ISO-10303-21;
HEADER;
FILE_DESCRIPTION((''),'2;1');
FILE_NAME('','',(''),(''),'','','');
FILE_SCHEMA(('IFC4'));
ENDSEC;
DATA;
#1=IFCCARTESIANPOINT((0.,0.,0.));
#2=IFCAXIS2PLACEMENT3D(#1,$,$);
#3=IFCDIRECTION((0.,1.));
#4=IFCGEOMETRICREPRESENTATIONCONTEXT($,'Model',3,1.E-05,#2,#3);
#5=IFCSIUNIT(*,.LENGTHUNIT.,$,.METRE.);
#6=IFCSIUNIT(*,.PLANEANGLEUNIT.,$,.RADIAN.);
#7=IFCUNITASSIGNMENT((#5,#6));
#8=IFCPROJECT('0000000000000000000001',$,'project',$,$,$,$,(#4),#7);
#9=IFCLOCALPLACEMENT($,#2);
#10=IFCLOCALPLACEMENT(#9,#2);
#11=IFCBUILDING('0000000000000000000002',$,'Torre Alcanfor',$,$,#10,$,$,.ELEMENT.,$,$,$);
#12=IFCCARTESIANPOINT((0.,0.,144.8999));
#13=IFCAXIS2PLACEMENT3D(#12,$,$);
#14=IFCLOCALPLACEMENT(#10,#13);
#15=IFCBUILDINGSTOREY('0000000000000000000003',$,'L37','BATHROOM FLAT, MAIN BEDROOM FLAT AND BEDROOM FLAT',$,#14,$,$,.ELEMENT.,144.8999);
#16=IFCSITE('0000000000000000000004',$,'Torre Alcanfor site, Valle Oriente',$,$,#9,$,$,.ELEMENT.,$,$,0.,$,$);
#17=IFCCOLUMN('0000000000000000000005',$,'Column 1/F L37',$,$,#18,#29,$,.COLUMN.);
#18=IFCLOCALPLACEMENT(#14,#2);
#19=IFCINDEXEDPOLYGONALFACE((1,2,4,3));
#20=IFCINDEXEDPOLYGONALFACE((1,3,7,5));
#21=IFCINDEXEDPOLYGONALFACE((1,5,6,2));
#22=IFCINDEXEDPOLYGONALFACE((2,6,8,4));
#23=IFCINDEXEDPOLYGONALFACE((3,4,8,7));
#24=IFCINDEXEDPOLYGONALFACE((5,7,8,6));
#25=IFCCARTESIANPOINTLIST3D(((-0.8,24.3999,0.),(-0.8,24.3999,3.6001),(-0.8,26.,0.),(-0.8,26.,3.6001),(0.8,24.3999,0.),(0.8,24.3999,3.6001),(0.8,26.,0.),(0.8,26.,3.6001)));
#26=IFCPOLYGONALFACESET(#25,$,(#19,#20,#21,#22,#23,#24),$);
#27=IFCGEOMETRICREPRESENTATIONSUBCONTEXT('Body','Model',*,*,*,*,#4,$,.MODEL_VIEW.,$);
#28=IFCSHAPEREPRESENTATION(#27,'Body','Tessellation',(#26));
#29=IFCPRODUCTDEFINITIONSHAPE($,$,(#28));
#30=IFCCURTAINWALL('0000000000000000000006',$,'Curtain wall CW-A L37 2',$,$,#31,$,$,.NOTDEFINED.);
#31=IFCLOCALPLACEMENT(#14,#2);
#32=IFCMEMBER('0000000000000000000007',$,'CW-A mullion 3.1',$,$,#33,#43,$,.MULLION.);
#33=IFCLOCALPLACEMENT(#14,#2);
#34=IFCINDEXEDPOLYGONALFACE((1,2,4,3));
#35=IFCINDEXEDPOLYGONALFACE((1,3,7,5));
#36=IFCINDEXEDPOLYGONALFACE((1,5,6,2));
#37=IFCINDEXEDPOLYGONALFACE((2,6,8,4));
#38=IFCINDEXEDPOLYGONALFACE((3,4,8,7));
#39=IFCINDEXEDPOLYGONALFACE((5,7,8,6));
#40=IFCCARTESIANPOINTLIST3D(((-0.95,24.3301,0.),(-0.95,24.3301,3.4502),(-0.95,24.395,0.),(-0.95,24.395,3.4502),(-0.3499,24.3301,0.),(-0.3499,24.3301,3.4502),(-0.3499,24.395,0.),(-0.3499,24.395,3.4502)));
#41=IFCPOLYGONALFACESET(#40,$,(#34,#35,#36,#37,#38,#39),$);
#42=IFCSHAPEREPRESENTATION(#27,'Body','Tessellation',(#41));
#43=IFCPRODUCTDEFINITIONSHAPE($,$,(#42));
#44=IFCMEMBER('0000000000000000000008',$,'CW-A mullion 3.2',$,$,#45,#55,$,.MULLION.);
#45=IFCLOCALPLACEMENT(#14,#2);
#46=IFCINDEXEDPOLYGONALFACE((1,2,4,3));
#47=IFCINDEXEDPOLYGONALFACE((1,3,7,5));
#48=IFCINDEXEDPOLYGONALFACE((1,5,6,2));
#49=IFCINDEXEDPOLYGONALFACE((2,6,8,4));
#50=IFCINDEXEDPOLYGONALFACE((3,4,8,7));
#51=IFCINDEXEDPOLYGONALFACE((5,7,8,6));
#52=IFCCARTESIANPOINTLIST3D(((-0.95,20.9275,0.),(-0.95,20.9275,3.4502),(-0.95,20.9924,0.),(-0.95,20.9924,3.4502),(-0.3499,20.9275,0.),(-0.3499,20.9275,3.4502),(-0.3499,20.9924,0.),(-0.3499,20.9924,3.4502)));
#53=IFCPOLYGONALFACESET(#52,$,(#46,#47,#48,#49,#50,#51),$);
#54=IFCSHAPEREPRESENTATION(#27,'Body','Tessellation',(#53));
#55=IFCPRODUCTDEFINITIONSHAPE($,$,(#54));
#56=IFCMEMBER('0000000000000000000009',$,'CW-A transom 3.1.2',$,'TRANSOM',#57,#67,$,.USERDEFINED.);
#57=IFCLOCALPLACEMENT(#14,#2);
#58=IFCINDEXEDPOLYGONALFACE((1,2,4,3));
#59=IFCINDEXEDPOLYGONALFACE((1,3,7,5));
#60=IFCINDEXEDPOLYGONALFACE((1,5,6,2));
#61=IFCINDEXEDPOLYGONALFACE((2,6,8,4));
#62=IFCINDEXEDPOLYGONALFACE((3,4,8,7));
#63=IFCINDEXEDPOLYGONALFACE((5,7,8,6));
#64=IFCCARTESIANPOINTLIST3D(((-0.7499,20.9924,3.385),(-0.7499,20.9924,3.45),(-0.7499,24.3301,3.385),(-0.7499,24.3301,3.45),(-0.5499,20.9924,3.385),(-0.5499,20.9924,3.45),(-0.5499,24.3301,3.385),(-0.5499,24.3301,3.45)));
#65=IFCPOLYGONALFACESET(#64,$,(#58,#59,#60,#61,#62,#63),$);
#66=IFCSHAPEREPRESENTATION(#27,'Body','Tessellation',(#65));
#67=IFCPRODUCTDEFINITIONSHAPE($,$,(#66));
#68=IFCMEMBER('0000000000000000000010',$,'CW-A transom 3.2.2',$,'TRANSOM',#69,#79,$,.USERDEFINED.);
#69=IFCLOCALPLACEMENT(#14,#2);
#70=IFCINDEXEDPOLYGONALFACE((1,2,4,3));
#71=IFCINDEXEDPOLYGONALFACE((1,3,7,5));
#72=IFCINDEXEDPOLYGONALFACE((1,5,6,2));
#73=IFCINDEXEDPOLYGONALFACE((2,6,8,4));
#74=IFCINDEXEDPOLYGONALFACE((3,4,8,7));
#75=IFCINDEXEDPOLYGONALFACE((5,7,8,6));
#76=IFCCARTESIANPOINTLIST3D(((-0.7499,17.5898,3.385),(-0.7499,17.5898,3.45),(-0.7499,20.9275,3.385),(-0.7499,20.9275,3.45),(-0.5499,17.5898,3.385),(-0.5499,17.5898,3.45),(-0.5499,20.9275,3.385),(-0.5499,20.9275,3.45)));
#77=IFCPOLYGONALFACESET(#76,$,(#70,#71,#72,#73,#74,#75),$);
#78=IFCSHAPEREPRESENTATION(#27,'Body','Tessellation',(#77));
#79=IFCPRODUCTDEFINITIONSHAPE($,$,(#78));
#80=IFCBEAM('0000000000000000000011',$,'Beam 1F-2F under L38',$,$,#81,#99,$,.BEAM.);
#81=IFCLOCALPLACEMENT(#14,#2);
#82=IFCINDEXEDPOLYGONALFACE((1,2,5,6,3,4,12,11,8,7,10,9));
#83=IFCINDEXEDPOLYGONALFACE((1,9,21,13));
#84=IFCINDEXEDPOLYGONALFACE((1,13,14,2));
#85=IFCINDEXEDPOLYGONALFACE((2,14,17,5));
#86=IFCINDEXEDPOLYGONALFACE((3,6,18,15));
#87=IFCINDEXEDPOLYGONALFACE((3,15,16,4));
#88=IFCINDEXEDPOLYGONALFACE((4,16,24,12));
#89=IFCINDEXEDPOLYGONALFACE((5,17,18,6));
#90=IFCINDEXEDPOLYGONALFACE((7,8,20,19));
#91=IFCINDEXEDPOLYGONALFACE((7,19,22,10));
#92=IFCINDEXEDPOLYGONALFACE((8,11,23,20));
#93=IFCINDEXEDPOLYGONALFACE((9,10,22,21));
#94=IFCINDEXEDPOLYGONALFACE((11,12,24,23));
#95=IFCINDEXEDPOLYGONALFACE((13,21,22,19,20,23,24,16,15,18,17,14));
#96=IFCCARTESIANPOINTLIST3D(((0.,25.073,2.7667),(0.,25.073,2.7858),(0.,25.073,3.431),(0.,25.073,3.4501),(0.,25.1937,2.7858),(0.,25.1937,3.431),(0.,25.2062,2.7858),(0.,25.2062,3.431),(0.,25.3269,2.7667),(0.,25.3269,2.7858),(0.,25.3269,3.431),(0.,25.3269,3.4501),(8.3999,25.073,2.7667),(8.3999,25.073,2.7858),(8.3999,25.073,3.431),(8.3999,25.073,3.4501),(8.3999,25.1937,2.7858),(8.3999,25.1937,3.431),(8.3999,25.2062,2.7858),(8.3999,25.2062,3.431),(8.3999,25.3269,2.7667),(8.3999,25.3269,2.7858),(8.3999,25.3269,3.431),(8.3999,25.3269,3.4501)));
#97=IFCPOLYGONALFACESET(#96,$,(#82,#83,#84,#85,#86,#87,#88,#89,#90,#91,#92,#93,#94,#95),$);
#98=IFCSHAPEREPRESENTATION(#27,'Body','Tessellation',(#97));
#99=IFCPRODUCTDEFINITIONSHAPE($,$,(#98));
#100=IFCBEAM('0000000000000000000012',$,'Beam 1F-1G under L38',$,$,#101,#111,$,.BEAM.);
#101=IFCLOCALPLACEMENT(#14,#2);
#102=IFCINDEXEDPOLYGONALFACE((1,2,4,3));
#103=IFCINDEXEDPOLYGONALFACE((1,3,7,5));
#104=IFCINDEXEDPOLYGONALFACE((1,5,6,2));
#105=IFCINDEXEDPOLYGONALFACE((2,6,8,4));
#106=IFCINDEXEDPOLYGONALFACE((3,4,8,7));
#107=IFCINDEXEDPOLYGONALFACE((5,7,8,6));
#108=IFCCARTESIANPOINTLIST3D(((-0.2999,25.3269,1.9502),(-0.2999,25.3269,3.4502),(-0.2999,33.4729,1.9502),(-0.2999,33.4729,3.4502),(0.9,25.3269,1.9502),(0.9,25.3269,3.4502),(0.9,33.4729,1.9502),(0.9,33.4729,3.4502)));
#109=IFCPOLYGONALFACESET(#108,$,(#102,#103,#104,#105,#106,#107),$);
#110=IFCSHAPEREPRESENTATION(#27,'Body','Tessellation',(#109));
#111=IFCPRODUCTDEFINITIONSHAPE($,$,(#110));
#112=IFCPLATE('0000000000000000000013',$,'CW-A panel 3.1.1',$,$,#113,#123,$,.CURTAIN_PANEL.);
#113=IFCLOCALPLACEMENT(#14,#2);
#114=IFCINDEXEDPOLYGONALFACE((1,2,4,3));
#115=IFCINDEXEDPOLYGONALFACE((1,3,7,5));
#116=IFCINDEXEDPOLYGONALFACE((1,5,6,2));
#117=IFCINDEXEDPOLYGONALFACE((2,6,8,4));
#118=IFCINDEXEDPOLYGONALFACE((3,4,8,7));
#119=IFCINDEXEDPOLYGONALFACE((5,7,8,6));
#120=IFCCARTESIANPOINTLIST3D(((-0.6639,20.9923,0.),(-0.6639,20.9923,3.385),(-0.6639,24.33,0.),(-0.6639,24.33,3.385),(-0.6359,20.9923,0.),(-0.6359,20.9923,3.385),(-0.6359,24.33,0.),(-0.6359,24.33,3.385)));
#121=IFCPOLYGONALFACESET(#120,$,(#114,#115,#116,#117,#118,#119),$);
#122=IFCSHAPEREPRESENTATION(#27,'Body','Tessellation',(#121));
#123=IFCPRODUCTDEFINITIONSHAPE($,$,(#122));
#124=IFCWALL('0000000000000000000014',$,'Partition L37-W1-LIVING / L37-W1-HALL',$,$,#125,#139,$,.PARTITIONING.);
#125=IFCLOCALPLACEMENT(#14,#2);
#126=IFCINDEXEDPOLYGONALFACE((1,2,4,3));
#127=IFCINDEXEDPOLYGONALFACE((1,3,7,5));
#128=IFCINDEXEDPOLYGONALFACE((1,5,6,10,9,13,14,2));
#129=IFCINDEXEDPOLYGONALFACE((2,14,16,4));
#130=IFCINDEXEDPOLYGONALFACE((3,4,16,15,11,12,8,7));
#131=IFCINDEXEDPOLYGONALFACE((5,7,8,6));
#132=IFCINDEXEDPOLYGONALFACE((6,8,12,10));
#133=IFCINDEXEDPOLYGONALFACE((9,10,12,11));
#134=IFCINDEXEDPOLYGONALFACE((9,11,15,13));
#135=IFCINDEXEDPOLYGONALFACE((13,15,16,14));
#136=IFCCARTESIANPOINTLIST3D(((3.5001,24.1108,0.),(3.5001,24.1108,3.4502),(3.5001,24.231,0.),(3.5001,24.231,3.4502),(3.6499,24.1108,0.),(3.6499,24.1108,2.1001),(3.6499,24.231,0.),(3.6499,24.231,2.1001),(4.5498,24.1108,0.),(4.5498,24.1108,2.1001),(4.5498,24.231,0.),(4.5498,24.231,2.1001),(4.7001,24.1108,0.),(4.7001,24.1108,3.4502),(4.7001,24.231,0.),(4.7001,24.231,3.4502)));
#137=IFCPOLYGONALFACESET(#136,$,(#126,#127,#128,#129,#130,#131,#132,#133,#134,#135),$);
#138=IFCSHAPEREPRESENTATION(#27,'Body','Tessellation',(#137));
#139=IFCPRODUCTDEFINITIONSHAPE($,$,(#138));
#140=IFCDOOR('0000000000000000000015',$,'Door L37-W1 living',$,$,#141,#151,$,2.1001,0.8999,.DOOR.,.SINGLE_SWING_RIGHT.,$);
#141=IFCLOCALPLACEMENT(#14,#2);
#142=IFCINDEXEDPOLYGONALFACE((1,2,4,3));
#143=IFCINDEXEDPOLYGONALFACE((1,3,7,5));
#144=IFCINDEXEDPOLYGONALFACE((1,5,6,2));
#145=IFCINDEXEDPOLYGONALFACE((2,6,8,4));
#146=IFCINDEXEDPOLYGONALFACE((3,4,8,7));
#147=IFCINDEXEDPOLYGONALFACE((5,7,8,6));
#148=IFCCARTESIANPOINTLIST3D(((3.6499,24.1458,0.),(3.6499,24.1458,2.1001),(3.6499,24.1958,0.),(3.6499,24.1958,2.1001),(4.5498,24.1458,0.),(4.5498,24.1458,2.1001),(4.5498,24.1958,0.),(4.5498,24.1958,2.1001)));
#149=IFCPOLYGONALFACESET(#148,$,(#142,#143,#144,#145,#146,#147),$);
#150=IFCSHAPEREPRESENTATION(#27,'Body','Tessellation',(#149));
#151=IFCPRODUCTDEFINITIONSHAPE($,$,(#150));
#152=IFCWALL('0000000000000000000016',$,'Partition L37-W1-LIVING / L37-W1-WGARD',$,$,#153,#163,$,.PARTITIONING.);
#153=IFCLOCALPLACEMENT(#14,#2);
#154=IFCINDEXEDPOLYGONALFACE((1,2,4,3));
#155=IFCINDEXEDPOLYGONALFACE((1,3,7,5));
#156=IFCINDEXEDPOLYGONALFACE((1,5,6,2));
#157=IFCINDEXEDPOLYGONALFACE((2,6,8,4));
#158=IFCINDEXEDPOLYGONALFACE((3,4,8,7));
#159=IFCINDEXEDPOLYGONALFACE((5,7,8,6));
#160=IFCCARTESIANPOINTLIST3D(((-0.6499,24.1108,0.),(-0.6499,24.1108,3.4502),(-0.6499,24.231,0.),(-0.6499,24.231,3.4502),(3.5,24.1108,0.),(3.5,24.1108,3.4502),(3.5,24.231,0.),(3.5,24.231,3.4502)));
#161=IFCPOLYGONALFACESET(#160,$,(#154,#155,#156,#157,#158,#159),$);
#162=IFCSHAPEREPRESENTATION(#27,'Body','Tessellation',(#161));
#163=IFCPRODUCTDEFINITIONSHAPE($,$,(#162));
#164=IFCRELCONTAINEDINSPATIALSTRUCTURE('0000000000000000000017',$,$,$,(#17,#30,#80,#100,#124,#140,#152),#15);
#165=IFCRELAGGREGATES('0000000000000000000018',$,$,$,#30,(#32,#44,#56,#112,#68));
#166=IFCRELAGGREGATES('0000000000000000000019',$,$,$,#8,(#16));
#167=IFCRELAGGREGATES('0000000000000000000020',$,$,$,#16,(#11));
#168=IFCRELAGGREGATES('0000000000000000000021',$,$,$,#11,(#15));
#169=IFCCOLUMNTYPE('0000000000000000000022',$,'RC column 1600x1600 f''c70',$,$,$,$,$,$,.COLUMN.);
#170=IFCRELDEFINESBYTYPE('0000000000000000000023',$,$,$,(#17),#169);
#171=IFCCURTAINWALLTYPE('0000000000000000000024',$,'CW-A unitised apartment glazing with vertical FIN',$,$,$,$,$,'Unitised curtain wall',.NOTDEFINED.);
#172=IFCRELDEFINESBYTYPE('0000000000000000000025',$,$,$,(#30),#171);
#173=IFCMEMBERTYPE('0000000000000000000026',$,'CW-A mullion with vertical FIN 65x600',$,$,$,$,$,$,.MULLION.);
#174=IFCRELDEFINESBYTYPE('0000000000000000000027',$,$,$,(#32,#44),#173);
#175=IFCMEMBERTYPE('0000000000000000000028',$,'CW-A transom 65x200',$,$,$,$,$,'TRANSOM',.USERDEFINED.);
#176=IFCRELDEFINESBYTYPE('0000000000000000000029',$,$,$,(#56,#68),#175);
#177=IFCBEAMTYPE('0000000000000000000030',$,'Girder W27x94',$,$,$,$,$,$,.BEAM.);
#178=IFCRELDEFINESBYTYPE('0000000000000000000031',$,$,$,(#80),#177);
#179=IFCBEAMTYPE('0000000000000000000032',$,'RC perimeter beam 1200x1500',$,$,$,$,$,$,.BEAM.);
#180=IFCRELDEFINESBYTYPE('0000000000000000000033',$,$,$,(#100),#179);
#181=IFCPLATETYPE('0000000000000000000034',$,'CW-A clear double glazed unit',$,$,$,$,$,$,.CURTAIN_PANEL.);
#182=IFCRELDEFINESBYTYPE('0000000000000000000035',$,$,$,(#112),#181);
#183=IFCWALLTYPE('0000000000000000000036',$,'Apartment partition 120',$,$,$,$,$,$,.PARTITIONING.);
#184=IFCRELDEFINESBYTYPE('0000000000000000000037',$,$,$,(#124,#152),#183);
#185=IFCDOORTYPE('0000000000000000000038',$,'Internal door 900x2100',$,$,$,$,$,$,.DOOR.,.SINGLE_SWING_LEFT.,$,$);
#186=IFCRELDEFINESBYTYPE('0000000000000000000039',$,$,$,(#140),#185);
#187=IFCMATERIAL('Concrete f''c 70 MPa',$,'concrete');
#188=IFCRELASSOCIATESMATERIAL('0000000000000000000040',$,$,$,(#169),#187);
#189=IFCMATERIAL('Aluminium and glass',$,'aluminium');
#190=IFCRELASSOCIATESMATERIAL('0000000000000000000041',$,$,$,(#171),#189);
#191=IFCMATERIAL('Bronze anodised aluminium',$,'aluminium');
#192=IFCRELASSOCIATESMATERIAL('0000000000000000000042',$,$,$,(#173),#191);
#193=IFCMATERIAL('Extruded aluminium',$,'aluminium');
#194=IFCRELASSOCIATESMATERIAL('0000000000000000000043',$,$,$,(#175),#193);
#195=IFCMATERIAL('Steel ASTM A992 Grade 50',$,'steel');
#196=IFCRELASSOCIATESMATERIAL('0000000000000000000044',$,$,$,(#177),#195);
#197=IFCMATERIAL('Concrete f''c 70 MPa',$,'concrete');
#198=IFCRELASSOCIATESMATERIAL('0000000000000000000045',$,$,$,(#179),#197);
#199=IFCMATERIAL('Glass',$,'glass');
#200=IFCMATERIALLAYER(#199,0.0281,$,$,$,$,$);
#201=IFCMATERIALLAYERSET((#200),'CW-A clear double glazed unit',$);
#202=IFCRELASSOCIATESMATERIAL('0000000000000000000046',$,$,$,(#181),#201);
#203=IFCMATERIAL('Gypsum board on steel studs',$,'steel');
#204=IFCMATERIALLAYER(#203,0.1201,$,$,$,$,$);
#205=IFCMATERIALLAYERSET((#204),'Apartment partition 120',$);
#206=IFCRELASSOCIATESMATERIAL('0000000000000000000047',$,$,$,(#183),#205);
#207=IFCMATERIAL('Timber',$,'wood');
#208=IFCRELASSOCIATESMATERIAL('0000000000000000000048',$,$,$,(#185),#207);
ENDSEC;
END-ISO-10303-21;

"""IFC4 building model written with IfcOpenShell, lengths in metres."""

from ifc_helpers import new_model, si_unit, direction, frame, frame_2d, origin, origin_2d, place, context, subcontext, project, spatial, rectangle, i_section, extrude, material, layer, layer_set, material_profile, profile_set, type_object, element, fill, aggregate, save


model = new_model("IFC4")

# Units and contexts
model_context = context("Model", 3, precision=1e-05, world=origin(), true_north=direction((0.0, 1.0)))
body_context = subcontext(model_context, "Body", "Model", "MODEL_VIEW")
ifc_project = project(units=[si_unit("LENGTHUNIT", "METRE"), si_unit("PLANEANGLEUNIT", "RADIAN")], contexts=[model_context])

# Site, building, storey
site_placement = place(None, origin())
site = spatial("IfcSite", under=ifc_project, at=site_placement, Name="Torre Alcanfor site, Valle Oriente", CompositionType="ELEMENT", RefElevation=0.0)
building_placement = place(site_placement, origin())
building = spatial("IfcBuilding", under=site, at=building_placement, Name="Torre Alcanfor", CompositionType="ELEMENT")
storey_placement = place(building_placement, frame((0.0, 0.0, 144.8999)))
storey = spatial("IfcBuildingStorey", under=building, at=storey_placement, Name="L37", Description="BATHROOM FLAT, MAIN BEDROOM FLAT AND BEDROOM FLAT", CompositionType="ELEMENT", Elevation=144.8999)

# Column
ifc_material_1 = material(Name="Concrete f'c 70 MPa", Category="concrete")
ifc_material_profile_1 = material_profile(ifc_material_1, rectangle(XDim=1.6001, YDim=1.6001, at=origin_2d()), Name="1600x1600")
ifc_profile_set_1 = profile_set([ifc_material_profile_1], Name="Concrete f'c 70 MPa")
column_type = type_object("IfcColumnType", Name="RC column 1600x1600 f'c70", PredefinedType="COLUMN", material=ifc_profile_set_1)
column_placement = place(storey_placement, frame((0.0, 25.2, 0.0), z_axis=(0.0, 0.0, 1.0), x_axis=(1.0, 0.0, 0.0)))
element("IfcColumn", 1, at=column_placement, inside=storey, type_object=column_type, Name="Column 1/F L37", PredefinedType="COLUMN", context=body_context, shape_type="SweptSolid", body=[
    extrude(rectangle(XDim=1.6001, YDim=1.6001, at=origin_2d()), origin(), (0.0, 0.0, 1.0), 3.6001),
])

# Curtain wall, members
ifc_material_2 = material(Name="Aluminium and glass", Category="aluminium")
curtain_wall_type = type_object("IfcCurtainWallType", Name="CW-A unitised apartment glazing with vertical FIN", ElementType="Unitised curtain wall", PredefinedType="NOTDEFINED", material=ifc_material_2)
curtain_wall_placement = place(storey_placement, origin())
curtain_wall = element("IfcCurtainWall", 2, at=curtain_wall_placement, inside=storey, type_object=curtain_wall_type, Name="Curtain wall CW-A L37 2", PredefinedType="NOTDEFINED")
ifc_material_3 = material(Name="Bronze anodised aluminium", Category="aluminium")
ifc_material_profile_2 = material_profile(ifc_material_3, rectangle(XDim=0.6001, YDim=0.0649, at=origin_2d()), Name="CW-A mullion 65x600")
ifc_profile_set_2 = profile_set([ifc_material_profile_2], Name="Bronze anodised aluminium")
member_type_1 = type_object("IfcMemberType", Name="CW-A mullion with vertical FIN 65x600", PredefinedType="MULLION", material=ifc_profile_set_2)
member_1_placement = place(storey_placement, frame((-0.6499, 24.3625, 0.0), z_axis=(0.0, 0.0, 1.0), x_axis=(1.0, 0.0, 0.0)))
member_1 = element("IfcMember", 3, at=member_1_placement, type_object=member_type_1, Name="CW-A mullion 3.1", PredefinedType="MULLION", context=body_context, shape_type="SweptSolid", body=[
    extrude(rectangle(XDim=0.6001, YDim=0.0649, at=origin_2d()), origin(), (0.0, 0.0, 1.0), 3.4502),
])
member_2_placement = place(storey_placement, frame((-0.6499, 20.96, 0.0), z_axis=(0.0, 0.0, 1.0), x_axis=(1.0, 0.0, 0.0)))
member_2 = element("IfcMember", 4, at=member_2_placement, type_object=member_type_1, Name="CW-A mullion 3.2", PredefinedType="MULLION", context=body_context, shape_type="SweptSolid", body=[
    extrude(rectangle(XDim=0.6001, YDim=0.0649, at=origin_2d()), origin(), (0.0, 0.0, 1.0), 3.4502),
])
ifc_material_4 = material(Name="Extruded aluminium", Category="aluminium")
ifc_material_profile_3 = material_profile(ifc_material_4, rectangle(XDim=0.2, YDim=0.0649, at=origin_2d()), Name="CW-A transom 200x65")
ifc_profile_set_3 = profile_set([ifc_material_profile_3], Name="Extruded aluminium")
member_type_2 = type_object("IfcMemberType", Name="CW-A transom 65x200", ElementType="TRANSOM", PredefinedType="USERDEFINED", material=ifc_profile_set_3)
member_3_placement = place(storey_placement, frame((-0.6499, 24.3301, 3.4175), z_axis=(0.0, -1.0, 0.0), x_axis=(1.0, 0.0, 0.0)))
member_3 = element("IfcMember", 5, at=member_3_placement, type_object=member_type_2, Name="CW-A transom 3.1.2", ObjectType="TRANSOM", PredefinedType="USERDEFINED", context=body_context, shape_type="SweptSolid", body=[
    extrude(rectangle(XDim=0.2, YDim=0.0649, at=origin_2d()), origin(), (0.0, 0.0, 1.0), 3.3376),
])
member_4_placement = place(storey_placement, frame((-0.6499, 20.9275, 3.4175), z_axis=(0.0, -1.0, 0.0), x_axis=(1.0, 0.0, 0.0)))
member_4 = element("IfcMember", 6, at=member_4_placement, type_object=member_type_2, Name="CW-A transom 3.2.2", ObjectType="TRANSOM", PredefinedType="USERDEFINED", context=body_context, shape_type="SweptSolid", body=[
    extrude(rectangle(XDim=0.2, YDim=0.0649, at=origin_2d()), origin(), (0.0, 0.0, 1.0), 3.3376),
])

# Beams
ifc_material_5 = material(Name="Steel ASTM A992 Grade 50", Category="steel")
ifc_material_profile_4 = material_profile(ifc_material_5, i_section(OverallWidth=0.2539, OverallDepth=0.6833, WebThickness=0.0125, FlangeThickness=0.019, at=origin_2d()), Name="W27x94")
ifc_profile_set_4 = profile_set([ifc_material_profile_4], Name="Steel ASTM A992 Grade 50")
beam_type_1 = type_object("IfcBeamType", Name="Girder W27x94", PredefinedType="BEAM", material=ifc_profile_set_4)
beam_1_placement = place(storey_placement, frame((0.0, 25.2, 3.1084), z_axis=(1.0, 0.0, 0.0), x_axis=(0.0, 1.0, 0.0)))
element("IfcBeam", 7, at=beam_1_placement, inside=storey, type_object=beam_type_1, Name="Beam 1F-2F under L38", PredefinedType="BEAM", context=body_context, shape_type="SweptSolid", body=[
    extrude(i_section(OverallWidth=0.2539, OverallDepth=0.6833, WebThickness=0.0125, FlangeThickness=0.019, at=origin_2d()), origin(), (0.0, 0.0, 1.0), 8.3999),
])
ifc_material_6 = material(Name="Concrete f'c 70 MPa", Category="concrete")
ifc_material_profile_5 = material_profile(ifc_material_6, rectangle(XDim=1.2, YDim=1.5, at=origin_2d()), Name="1200x1500")
ifc_profile_set_5 = profile_set([ifc_material_profile_5], Name="Concrete f'c 70 MPa")
beam_type_2 = type_object("IfcBeamType", Name="RC perimeter beam 1200x1500", PredefinedType="BEAM", material=ifc_profile_set_5)
beam_2_placement = place(storey_placement, frame((0.3, 25.3269, 2.7002), z_axis=(0.0, 1.0, 0.0), x_axis=(-1.0, 0.0, 0.0)))
element("IfcBeam", 8, at=beam_2_placement, inside=storey, type_object=beam_type_2, Name="Beam 1F-1G under L38", PredefinedType="BEAM", context=body_context, shape_type="SweptSolid", body=[
    extrude(rectangle(XDim=1.2, YDim=1.5, at=origin_2d()), origin(), (0.0, 0.0, 1.0), 8.146),
])

# Plate
ifc_material_7 = material(Name="Glass", Category="glass")
ifc_layer_1 = layer(ifc_material_7, 0.0281)
ifc_layer_set_1 = layer_set([ifc_layer_1], Name="CW-A clear double glazed unit")
plate_type = type_object("IfcPlateType", Name="CW-A clear double glazed unit", PredefinedType="CURTAIN_PANEL", material=ifc_layer_set_1)
plate_placement = place(storey_placement, frame((-0.6499, 22.6611, 0.0), z_axis=(0.0, 0.0, 1.0), x_axis=(0.0, -1.0, 0.0)))
plate = element("IfcPlate", 9, at=plate_placement, type_object=plate_type, Name="CW-A panel 3.1.1", PredefinedType="CURTAIN_PANEL", context=body_context, shape_type="SweptSolid", body=[
    extrude(rectangle(XDim=3.3376, YDim=0.0281, at=origin_2d()), origin(), (0.0, 0.0, 1.0), 3.385),
])
aggregate(curtain_wall, [member_1, member_2, member_3, plate, member_4])

# Wall, opening, door
ifc_material_8 = material(Name="Gypsum board on steel studs", Category="steel")
ifc_layer_2 = layer(ifc_material_8, 0.1201)
ifc_layer_set_2 = layer_set([ifc_layer_2], Name="Apartment partition 120")
wall_type = type_object("IfcWallType", Name="Apartment partition 120", PredefinedType="PARTITIONING", material=ifc_layer_set_2)
wall_1_placement = place(storey_placement, frame((3.5, 24.1709, 0.0), z_axis=(0.0, 0.0, 1.0), x_axis=(1.0, 0.0, 0.0)))
wall_1 = element("IfcWall", 10, at=wall_1_placement, inside=storey, type_object=wall_type, Name="Partition L37-W1-LIVING / L37-W1-HALL", PredefinedType="PARTITIONING", context=body_context, shape_type="SweptSolid", body=[
    extrude(rectangle(XDim=1.2, YDim=0.1201, at=frame_2d((0.6001, 0.0))), origin(), (0.0, 0.0, 1.0), 3.4502),
])
opening_1_placement = place(wall_1_placement, frame((0.1499, 0.0, 0.0)))
opening_1 = element("IfcOpeningElement", 11, at=opening_1_placement, cuts=wall_1, PredefinedType="OPENING", context=body_context, shape_type="SweptSolid", body=[
    extrude(rectangle(XDim=0.8999, YDim=2.1001, at=frame_2d((0.45, 1.05))), frame((0.0, 0.0701, 0.0), z_axis=(0.0, -1.0, 0.0), x_axis=(1.0, 0.0, 0.0)), (0.0, 0.0, 1.0), 0.1401),
])
ifc_material_9 = material(Name="Timber", Category="wood")
door_type = type_object("IfcDoorType", Name="Internal door 900x2100", OperationType="SINGLE_SWING_LEFT", PredefinedType="DOOR", material=ifc_material_9)
door_1_placement = place(opening_1_placement, origin())
door_1 = element("IfcDoor", 12, at=door_1_placement, inside=storey, type_object=door_type, Name="Door L37-W1 living", OperationType="SINGLE_SWING_RIGHT", OverallHeight=2.1001, OverallWidth=0.8999, PredefinedType="DOOR", context=body_context, shape_type="SweptSolid", body=[
    extrude(rectangle(XDim=0.8999, YDim=2.1001, at=frame_2d((0.45, 1.05))), frame((0.0, 0.0249, 0.0), z_axis=(0.0, -1.0, 0.0), x_axis=(1.0, 0.0, 0.0)), (0.0, 0.0, 1.0), 0.05),
])
fill(opening_1, door_1)

# Wall
wall_2_placement = place(storey_placement, frame((-0.6499, 24.1709, 0.0), z_axis=(0.0, 0.0, 1.0), x_axis=(1.0, 0.0, 0.0)))
element("IfcWall", 13, at=wall_2_placement, inside=storey, type_object=wall_type, Name="Partition L37-W1-LIVING / L37-W1-WGARD", PredefinedType="PARTITIONING", context=body_context, shape_type="SweptSolid", body=[
    extrude(rectangle(XDim=4.1499, YDim=0.1201, at=frame_2d((2.075, 0.0))), origin(), (0.0, 0.0, 1.0), 3.4502),
])

save(model, "model.ifc")
